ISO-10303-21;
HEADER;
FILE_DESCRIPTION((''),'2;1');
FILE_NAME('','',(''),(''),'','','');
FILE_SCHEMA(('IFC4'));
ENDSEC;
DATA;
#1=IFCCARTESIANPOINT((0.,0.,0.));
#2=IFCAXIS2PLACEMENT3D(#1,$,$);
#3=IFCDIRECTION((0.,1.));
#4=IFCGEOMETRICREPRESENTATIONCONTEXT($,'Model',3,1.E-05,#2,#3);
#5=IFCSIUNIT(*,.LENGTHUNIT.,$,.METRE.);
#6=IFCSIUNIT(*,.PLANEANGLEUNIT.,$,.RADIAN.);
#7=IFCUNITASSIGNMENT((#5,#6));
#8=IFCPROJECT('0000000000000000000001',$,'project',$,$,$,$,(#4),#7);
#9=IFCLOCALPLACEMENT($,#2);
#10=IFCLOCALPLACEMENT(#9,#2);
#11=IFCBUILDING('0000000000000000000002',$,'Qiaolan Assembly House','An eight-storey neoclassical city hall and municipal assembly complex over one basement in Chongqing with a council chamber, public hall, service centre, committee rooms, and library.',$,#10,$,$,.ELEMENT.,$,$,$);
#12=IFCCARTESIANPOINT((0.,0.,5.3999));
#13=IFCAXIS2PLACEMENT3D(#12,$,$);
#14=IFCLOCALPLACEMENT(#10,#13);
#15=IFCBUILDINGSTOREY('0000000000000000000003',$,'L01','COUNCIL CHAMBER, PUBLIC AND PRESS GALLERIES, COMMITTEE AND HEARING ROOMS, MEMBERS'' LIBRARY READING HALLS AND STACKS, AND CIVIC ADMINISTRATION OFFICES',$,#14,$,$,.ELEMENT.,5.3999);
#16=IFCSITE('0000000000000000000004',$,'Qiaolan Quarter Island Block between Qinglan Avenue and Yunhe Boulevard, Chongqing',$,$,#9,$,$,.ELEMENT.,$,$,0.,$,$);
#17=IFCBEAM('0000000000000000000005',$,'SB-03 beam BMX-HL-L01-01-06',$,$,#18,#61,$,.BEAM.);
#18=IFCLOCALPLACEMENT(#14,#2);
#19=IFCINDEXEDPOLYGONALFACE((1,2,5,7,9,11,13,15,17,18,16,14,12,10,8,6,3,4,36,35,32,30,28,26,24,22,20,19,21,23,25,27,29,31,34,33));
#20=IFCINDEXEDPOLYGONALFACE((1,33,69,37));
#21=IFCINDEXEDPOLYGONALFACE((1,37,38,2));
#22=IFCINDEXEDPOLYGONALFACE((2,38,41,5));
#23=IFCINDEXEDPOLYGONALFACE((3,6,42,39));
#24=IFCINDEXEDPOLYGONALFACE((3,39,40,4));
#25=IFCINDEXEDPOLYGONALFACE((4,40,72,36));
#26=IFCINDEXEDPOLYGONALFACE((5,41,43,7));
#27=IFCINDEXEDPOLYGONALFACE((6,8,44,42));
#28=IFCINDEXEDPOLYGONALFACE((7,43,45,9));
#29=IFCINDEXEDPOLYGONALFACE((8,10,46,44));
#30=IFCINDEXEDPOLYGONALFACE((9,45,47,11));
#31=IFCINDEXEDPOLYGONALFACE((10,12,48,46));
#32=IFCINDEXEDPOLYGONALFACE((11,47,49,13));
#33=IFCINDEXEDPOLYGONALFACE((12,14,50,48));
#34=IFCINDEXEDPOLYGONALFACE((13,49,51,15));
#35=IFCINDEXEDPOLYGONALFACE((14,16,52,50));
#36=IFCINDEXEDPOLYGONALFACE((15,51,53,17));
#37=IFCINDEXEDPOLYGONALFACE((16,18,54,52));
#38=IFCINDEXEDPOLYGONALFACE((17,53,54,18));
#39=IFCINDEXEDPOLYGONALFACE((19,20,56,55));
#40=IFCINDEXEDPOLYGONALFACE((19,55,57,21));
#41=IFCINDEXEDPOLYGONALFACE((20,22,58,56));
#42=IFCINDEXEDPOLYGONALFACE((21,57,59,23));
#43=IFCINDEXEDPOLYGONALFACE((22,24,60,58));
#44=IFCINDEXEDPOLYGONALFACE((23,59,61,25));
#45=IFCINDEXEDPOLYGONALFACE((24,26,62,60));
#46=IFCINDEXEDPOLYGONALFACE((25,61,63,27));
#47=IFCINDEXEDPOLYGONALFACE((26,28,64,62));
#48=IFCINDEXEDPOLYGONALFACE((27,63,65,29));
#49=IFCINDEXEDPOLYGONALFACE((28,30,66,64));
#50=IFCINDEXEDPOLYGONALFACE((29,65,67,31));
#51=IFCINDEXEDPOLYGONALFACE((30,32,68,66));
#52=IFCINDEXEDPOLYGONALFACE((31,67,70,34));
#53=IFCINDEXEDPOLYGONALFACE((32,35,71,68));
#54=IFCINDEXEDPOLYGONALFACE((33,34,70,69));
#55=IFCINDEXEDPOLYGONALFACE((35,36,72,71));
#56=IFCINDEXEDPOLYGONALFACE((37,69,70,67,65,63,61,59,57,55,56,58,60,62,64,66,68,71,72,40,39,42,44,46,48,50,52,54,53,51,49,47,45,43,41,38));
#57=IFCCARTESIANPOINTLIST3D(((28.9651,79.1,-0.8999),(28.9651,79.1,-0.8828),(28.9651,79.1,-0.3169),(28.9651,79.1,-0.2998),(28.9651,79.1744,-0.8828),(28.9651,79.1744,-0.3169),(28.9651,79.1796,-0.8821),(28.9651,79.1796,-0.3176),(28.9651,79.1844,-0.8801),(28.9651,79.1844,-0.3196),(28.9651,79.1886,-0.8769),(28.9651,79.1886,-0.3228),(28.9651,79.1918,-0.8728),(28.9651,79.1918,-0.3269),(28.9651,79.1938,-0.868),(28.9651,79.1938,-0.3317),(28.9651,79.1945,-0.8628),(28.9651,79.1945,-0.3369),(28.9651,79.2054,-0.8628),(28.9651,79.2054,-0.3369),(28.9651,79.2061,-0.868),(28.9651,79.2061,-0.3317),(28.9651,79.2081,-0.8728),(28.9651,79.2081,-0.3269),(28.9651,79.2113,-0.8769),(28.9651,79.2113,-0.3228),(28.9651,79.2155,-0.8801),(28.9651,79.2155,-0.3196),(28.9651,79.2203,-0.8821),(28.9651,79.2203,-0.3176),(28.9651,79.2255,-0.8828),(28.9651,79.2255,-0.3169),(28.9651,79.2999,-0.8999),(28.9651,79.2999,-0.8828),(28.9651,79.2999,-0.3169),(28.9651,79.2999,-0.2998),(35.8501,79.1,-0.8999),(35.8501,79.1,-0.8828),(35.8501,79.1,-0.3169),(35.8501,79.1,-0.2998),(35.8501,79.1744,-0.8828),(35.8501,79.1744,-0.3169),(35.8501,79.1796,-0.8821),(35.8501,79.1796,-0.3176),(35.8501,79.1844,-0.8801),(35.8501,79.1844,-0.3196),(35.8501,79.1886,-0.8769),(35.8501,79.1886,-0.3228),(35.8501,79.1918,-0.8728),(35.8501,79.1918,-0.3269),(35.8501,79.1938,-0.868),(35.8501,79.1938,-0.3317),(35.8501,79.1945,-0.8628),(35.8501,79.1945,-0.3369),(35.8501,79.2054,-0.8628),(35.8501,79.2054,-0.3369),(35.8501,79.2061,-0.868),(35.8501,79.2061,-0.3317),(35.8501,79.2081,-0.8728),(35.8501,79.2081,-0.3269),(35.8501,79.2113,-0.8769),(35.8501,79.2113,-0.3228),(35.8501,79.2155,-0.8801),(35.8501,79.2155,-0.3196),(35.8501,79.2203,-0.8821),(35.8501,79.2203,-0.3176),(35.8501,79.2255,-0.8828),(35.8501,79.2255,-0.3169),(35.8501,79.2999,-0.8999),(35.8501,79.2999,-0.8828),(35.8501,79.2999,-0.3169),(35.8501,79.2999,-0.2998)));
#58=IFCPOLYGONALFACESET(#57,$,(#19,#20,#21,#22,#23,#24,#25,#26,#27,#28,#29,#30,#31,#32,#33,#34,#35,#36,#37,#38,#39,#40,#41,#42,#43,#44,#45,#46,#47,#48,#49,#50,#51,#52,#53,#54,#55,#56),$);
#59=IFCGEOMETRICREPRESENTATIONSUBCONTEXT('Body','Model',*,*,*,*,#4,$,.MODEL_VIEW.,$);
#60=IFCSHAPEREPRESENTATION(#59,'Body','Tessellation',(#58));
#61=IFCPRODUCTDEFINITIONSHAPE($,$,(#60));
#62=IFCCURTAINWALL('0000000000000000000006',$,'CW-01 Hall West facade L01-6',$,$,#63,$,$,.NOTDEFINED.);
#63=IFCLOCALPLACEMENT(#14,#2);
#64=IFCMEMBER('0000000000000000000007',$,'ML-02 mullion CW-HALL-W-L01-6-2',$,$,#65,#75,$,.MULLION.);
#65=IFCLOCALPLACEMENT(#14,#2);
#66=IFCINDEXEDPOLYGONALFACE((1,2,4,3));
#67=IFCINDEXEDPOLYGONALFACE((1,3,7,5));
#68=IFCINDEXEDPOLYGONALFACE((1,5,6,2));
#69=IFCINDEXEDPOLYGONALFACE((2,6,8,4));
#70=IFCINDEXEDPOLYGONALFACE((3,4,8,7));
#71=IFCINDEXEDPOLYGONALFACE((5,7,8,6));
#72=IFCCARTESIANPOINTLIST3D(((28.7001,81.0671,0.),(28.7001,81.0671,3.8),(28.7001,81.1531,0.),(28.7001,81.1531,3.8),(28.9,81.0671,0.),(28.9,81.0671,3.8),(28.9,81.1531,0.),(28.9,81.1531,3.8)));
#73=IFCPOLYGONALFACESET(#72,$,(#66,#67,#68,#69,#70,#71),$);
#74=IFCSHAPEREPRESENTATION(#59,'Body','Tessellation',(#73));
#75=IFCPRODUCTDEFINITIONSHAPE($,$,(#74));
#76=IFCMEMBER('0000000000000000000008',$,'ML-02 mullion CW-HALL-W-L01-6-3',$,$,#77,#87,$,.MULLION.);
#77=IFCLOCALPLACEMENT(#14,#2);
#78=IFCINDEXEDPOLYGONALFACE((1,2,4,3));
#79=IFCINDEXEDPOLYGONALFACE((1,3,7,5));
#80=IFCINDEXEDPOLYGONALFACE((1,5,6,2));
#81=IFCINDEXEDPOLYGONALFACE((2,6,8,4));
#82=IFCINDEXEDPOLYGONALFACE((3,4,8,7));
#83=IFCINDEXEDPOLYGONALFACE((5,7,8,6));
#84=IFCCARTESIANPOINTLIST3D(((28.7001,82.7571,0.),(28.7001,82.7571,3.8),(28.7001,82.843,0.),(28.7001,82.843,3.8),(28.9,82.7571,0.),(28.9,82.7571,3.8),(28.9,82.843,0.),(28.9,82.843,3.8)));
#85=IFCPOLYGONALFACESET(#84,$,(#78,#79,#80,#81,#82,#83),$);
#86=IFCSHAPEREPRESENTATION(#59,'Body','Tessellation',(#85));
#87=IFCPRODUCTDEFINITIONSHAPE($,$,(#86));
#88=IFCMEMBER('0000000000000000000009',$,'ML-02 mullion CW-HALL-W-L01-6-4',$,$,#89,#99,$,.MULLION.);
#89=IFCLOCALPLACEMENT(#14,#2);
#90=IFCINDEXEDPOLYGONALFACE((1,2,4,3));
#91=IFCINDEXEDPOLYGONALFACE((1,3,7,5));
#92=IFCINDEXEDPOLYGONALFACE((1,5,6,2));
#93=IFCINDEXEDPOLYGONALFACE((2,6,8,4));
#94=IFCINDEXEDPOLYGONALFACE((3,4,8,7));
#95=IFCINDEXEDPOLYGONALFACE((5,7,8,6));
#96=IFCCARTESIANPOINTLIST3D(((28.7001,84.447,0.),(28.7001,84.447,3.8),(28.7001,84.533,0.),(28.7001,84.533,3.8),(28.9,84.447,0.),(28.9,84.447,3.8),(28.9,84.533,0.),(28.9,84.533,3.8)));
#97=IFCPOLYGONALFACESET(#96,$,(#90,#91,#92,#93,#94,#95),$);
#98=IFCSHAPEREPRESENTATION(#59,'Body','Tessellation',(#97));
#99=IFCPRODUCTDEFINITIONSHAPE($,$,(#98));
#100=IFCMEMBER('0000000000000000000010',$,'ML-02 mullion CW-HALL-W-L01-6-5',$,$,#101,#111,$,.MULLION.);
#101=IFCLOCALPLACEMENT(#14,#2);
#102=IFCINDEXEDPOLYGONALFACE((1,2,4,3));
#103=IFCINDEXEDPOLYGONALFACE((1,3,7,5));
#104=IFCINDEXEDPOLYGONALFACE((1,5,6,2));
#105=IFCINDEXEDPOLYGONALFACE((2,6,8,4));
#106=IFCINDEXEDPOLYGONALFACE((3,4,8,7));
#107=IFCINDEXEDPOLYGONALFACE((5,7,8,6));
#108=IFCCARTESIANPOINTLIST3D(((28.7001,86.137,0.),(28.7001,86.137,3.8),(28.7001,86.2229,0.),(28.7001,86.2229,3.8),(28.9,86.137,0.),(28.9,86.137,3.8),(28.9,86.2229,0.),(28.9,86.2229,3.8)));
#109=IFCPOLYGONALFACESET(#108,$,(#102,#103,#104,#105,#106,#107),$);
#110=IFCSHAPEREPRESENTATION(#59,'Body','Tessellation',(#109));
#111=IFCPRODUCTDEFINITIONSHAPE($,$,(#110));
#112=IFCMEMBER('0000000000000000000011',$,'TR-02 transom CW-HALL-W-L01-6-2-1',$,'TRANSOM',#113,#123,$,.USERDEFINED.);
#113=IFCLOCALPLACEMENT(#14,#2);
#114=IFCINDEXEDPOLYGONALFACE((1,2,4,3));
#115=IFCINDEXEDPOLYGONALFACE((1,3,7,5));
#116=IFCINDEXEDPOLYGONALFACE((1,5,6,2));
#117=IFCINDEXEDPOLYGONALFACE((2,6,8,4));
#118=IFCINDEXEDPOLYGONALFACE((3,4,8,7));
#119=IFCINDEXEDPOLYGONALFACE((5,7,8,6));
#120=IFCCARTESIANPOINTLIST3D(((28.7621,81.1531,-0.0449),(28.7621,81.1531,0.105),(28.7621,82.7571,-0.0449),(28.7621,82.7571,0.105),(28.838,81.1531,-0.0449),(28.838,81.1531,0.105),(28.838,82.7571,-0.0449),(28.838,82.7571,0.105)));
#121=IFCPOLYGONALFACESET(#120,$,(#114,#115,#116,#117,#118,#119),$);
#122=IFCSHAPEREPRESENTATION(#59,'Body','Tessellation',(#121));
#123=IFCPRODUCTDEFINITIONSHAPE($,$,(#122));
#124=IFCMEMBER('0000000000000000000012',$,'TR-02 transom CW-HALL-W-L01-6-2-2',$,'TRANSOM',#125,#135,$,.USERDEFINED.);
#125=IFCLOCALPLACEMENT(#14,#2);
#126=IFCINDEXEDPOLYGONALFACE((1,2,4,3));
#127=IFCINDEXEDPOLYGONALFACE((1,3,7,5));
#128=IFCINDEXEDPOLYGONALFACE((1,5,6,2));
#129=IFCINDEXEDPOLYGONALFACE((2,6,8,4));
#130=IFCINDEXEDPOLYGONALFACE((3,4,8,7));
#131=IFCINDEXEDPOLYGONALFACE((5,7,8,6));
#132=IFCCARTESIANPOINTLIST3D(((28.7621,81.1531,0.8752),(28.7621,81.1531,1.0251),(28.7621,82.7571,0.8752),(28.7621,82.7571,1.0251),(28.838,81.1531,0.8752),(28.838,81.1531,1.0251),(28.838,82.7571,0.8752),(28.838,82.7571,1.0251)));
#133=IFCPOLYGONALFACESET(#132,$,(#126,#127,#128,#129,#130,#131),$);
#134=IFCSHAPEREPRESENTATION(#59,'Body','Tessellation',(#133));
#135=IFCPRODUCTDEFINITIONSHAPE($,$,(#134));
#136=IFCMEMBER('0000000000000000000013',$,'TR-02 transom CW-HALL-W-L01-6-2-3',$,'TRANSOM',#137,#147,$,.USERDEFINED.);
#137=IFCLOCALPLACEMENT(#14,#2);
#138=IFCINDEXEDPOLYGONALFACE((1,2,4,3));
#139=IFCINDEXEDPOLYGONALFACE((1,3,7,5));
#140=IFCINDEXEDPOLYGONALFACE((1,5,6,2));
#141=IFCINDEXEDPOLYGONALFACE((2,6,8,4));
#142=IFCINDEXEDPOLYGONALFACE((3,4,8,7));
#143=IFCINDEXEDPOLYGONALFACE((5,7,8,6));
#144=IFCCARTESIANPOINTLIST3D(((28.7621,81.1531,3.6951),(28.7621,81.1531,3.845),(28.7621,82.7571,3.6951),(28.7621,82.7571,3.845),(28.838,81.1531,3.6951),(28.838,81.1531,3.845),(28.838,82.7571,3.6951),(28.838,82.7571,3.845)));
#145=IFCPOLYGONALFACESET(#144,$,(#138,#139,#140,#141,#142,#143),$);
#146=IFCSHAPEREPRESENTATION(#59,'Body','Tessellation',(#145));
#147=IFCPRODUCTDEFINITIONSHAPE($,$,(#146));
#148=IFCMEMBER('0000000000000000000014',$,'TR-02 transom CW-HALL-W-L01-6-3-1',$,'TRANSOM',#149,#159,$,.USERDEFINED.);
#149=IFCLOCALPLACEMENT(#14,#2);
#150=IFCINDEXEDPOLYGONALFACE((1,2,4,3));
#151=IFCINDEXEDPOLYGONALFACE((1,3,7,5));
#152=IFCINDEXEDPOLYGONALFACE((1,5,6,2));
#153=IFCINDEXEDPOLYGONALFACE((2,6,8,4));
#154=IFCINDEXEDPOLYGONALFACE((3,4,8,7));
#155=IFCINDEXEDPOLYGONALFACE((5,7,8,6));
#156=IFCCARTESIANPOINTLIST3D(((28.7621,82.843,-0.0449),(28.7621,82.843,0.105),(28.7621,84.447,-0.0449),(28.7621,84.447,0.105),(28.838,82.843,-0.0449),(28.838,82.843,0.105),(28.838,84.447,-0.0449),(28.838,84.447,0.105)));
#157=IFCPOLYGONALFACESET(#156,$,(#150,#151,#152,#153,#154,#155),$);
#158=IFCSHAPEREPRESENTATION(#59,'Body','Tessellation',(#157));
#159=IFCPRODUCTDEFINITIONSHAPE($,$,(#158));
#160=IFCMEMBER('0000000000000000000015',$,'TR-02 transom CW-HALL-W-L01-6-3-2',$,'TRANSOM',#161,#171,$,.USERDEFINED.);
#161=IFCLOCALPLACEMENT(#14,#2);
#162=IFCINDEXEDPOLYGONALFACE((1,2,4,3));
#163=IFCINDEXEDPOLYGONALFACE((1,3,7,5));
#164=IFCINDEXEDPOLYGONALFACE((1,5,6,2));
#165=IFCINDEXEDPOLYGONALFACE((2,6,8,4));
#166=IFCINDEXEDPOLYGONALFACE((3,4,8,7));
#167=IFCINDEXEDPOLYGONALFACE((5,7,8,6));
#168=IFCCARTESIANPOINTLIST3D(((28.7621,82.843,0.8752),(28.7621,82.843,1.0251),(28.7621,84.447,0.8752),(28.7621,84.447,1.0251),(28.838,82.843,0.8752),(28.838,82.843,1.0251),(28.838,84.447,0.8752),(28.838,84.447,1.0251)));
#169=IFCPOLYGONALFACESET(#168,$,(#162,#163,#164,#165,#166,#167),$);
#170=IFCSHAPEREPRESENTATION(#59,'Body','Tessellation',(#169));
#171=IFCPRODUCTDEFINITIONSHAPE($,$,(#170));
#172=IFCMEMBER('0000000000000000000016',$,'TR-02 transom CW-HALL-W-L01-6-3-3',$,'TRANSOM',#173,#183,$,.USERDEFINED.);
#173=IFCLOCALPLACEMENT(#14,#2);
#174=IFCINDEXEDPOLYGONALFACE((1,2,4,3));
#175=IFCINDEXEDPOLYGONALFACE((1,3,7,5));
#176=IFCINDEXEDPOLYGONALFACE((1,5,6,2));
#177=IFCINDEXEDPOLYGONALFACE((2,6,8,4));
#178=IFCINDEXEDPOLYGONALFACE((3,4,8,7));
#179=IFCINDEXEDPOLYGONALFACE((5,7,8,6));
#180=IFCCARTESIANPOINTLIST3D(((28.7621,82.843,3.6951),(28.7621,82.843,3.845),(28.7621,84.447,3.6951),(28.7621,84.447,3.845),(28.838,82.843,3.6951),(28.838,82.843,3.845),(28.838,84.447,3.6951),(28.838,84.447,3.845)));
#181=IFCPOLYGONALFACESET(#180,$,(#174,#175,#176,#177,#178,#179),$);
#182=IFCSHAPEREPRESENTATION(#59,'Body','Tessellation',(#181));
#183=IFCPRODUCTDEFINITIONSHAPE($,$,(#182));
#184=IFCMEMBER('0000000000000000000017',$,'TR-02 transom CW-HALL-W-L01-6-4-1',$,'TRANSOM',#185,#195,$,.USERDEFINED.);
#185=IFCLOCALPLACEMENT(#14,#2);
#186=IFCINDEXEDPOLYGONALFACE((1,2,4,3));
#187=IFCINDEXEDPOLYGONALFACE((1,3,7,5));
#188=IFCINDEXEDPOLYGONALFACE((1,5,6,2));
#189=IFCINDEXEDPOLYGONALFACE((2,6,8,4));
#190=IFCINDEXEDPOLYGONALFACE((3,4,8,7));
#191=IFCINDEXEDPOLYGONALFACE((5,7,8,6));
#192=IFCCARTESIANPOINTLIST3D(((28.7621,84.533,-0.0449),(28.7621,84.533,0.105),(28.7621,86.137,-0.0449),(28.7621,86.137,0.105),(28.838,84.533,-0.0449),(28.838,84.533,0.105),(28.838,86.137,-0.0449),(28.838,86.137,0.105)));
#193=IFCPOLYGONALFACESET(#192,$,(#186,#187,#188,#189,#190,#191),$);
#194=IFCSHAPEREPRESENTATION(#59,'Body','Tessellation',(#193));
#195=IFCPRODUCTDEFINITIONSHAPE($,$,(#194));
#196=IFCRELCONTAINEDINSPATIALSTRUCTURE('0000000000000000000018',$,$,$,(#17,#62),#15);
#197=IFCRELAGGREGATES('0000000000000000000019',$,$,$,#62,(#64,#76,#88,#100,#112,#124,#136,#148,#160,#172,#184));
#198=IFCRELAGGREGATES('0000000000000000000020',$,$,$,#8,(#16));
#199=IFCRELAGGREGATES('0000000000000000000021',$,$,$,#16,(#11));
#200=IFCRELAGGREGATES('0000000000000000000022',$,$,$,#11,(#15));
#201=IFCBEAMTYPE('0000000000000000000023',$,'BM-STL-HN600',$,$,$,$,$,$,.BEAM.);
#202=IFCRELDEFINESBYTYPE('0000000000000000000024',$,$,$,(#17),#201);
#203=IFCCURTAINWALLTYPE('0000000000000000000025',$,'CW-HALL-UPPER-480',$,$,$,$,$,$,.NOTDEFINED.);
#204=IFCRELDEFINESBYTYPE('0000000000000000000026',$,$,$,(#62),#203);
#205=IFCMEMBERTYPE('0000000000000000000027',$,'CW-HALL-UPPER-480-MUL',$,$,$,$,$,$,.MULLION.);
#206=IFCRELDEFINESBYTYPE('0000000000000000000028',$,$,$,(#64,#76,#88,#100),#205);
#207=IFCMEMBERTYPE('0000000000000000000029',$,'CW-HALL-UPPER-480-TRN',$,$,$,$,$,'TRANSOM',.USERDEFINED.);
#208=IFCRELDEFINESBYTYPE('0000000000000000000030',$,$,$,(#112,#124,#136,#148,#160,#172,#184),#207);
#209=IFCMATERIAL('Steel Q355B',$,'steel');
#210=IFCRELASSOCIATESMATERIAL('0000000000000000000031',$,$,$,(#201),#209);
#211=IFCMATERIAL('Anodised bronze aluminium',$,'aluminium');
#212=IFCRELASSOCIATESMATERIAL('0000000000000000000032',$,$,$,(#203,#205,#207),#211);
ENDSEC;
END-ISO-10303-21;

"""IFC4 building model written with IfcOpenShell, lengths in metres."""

from ifc_helpers import new_model, si_unit, direction, frame, origin, origin_2d, place, context, subcontext, project, spatial, rectangle, i_section, extrude, material, material_profile, profile_set, type_object, element, aggregate, save


model = new_model("IFC4")

# Units and contexts
model_context = context("Model", 3, precision=1e-05, world=origin(), true_north=direction((0.0, 1.0)))
body_context = subcontext(model_context, "Body", "Model", "MODEL_VIEW")
ifc_project = project(units=[si_unit("LENGTHUNIT", "METRE"), si_unit("PLANEANGLEUNIT", "RADIAN")], contexts=[model_context])

# Site, building, storey
site_placement = place(None, origin())
site = spatial("IfcSite", under=ifc_project, at=site_placement, Name="Qiaolan Quarter Island Block between Qinglan Avenue and Yunhe Boulevard, Chongqing", CompositionType="ELEMENT", RefElevation=0.0)
building_placement = place(site_placement, origin())
building = spatial("IfcBuilding", under=site, at=building_placement, Name="Qiaolan Assembly House", Description="An eight-storey neoclassical city hall and municipal assembly complex over one basement in Chongqing with a council chamber, public hall, service centre, committee rooms, and library.", CompositionType="ELEMENT")
storey_placement = place(building_placement, frame((0.0, 0.0, 5.3999)))
storey = spatial("IfcBuildingStorey", under=building, at=storey_placement, Name="L01", Description="COUNCIL CHAMBER, PUBLIC AND PRESS GALLERIES, COMMITTEE AND HEARING ROOMS, MEMBERS' LIBRARY READING HALLS AND STACKS, AND CIVIC ADMINISTRATION OFFICES", CompositionType="ELEMENT", Elevation=5.3999)

# Beam
ifc_material_1 = material(Name="Steel Q355B", Category="steel")
ifc_material_profile_1 = material_profile(ifc_material_1, i_section(OverallWidth=0.2, OverallDepth=0.6001, WebThickness=0.011, FlangeThickness=0.0171, FilletRadius=0.02, at=origin_2d()), Name="HN 600x200x11x17")
ifc_profile_set_1 = profile_set([ifc_material_profile_1], Name="Steel Q355B")
beam_type_1 = type_object("IfcBeamType", Name="BM-STL-HN600", PredefinedType="BEAM", material=ifc_profile_set_1)
beam_placement = place(storey_placement, frame((28.9651, 79.2, -0.5999), z_axis=(1.0, 0.0, 0.0), x_axis=(0.0, 1.0, 0.0)))
element("IfcBeam", 1, at=beam_placement, inside=storey, type_object=beam_type_1, Name="SB-03 beam BMX-HL-L01-01-06", PredefinedType="BEAM", context=body_context, shape_type="SweptSolid", body=[
    extrude(i_section(OverallWidth=0.2, OverallDepth=0.6001, WebThickness=0.011, FlangeThickness=0.0171, FilletRadius=0.02, at=origin_2d()), origin(), (0.0, 0.0, 1.0), 6.885),
])

# Curtain wall, members
ifc_material_2 = material(Name="Anodised bronze aluminium", Category="aluminium")
curtain_wall_type = type_object("IfcCurtainWallType", Name="CW-HALL-UPPER-480", PredefinedType="NOTDEFINED", material=ifc_material_2)
curtain_wall_placement = place(storey_placement, origin())
curtain_wall = element("IfcCurtainWall", 2, at=curtain_wall_placement, inside=storey, type_object=curtain_wall_type, Name="CW-01 Hall West facade L01-6", PredefinedType="NOTDEFINED")
ifc_material_profile_2 = material_profile(ifc_material_2, rectangle(XDim=0.0859, YDim=0.2, at=origin_2d()), Name="MUL 86x200")
ifc_profile_set_2 = profile_set([ifc_material_profile_2], Name="Anodised bronze aluminium")
member_type_1 = type_object("IfcMemberType", Name="CW-HALL-UPPER-480-MUL", PredefinedType="MULLION", material=ifc_profile_set_2)
member_1_placement = place(storey_placement, frame((28.8, 81.1101, 0.0), z_axis=(0.0, 0.0, 1.0), x_axis=(0.0, 1.0, 0.0)))
member_1 = element("IfcMember", 3, at=member_1_placement, type_object=member_type_1, Name="ML-02 mullion CW-HALL-W-L01-6-2", PredefinedType="MULLION", context=body_context, shape_type="SweptSolid", body=[
    extrude(rectangle(XDim=0.0859, YDim=0.2, at=origin_2d()), origin(), (0.0, 0.0, 1.0), 3.8),
])
member_2_placement = place(storey_placement, frame((28.8, 82.8, 0.0), z_axis=(0.0, 0.0, 1.0), x_axis=(0.0, 1.0, 0.0)))
member_2 = element("IfcMember", 4, at=member_2_placement, type_object=member_type_1, Name="ML-02 mullion CW-HALL-W-L01-6-3", PredefinedType="MULLION", context=body_context, shape_type="SweptSolid", body=[
    extrude(rectangle(XDim=0.0859, YDim=0.2, at=origin_2d()), origin(), (0.0, 0.0, 1.0), 3.8),
])
member_3_placement = place(storey_placement, frame((28.8, 84.49, 0.0), z_axis=(0.0, 0.0, 1.0), x_axis=(0.0, 1.0, 0.0)))
member_3 = element("IfcMember", 5, at=member_3_placement, type_object=member_type_1, Name="ML-02 mullion CW-HALL-W-L01-6-4", PredefinedType="MULLION", context=body_context, shape_type="SweptSolid", body=[
    extrude(rectangle(XDim=0.0859, YDim=0.2, at=origin_2d()), origin(), (0.0, 0.0, 1.0), 3.8),
])
member_4_placement = place(storey_placement, frame((28.8, 86.1799, 0.0), z_axis=(0.0, 0.0, 1.0), x_axis=(0.0, 1.0, 0.0)))
member_4 = element("IfcMember", 6, at=member_4_placement, type_object=member_type_1, Name="ML-02 mullion CW-HALL-W-L01-6-5", PredefinedType="MULLION", context=body_context, shape_type="SweptSolid", body=[
    extrude(rectangle(XDim=0.0859, YDim=0.2, at=origin_2d()), origin(), (0.0, 0.0, 1.0), 3.8),
])
ifc_material_profile_3 = material_profile(ifc_material_2, rectangle(XDim=0.0759, YDim=0.1499, at=origin_2d()), Name="TRN 76x150")
ifc_profile_set_3 = profile_set([ifc_material_profile_3], Name="Anodised bronze aluminium")
member_type_2 = type_object("IfcMemberType", Name="CW-HALL-UPPER-480-TRN", ElementType="TRANSOM", PredefinedType="USERDEFINED", material=ifc_profile_set_3)
member_5_placement = place(storey_placement, frame((28.8, 81.1531, 0.03), z_axis=(0.0, 1.0, 0.0), x_axis=(-1.0, 0.0, 0.0)))
member_5 = element("IfcMember", 7, at=member_5_placement, type_object=member_type_2, Name="TR-02 transom CW-HALL-W-L01-6-2-1", ObjectType="TRANSOM", PredefinedType="USERDEFINED", context=body_context, shape_type="SweptSolid", body=[
    extrude(rectangle(XDim=0.0759, YDim=0.1499, at=origin_2d()), origin(), (0.0, 0.0, 1.0), 1.604),
])
member_6_placement = place(storey_placement, frame((28.8, 81.1531, 0.9502), z_axis=(0.0, 1.0, 0.0), x_axis=(-1.0, 0.0, 0.0)))
member_6 = element("IfcMember", 8, at=member_6_placement, type_object=member_type_2, Name="TR-02 transom CW-HALL-W-L01-6-2-2", ObjectType="TRANSOM", PredefinedType="USERDEFINED", context=body_context, shape_type="SweptSolid", body=[
    extrude(rectangle(XDim=0.0759, YDim=0.1499, at=origin_2d()), origin(), (0.0, 0.0, 1.0), 1.604),
])
member_7_placement = place(storey_placement, frame((28.8, 81.1531, 3.77), z_axis=(0.0, 1.0, 0.0), x_axis=(-1.0, 0.0, 0.0)))
member_7 = element("IfcMember", 9, at=member_7_placement, type_object=member_type_2, Name="TR-02 transom CW-HALL-W-L01-6-2-3", ObjectType="TRANSOM", PredefinedType="USERDEFINED", context=body_context, shape_type="SweptSolid", body=[
    extrude(rectangle(XDim=0.0759, YDim=0.1499, at=origin_2d()), origin(), (0.0, 0.0, 1.0), 1.604),
])
member_8_placement = place(storey_placement, frame((28.8, 82.843, 0.03), z_axis=(0.0, 1.0, 0.0), x_axis=(-1.0, 0.0, 0.0)))
member_8 = element("IfcMember", 10, at=member_8_placement, type_object=member_type_2, Name="TR-02 transom CW-HALL-W-L01-6-3-1", ObjectType="TRANSOM", PredefinedType="USERDEFINED", context=body_context, shape_type="SweptSolid", body=[
    extrude(rectangle(XDim=0.0759, YDim=0.1499, at=origin_2d()), origin(), (0.0, 0.0, 1.0), 1.604),
])
member_9_placement = place(storey_placement, frame((28.8, 82.843, 0.9502), z_axis=(0.0, 1.0, 0.0), x_axis=(-1.0, 0.0, 0.0)))
member_9 = element("IfcMember", 11, at=member_9_placement, type_object=member_type_2, Name="TR-02 transom CW-HALL-W-L01-6-3-2", ObjectType="TRANSOM", PredefinedType="USERDEFINED", context=body_context, shape_type="SweptSolid", body=[
    extrude(rectangle(XDim=0.0759, YDim=0.1499, at=origin_2d()), origin(), (0.0, 0.0, 1.0), 1.604),
])
member_10_placement = place(storey_placement, frame((28.8, 82.843, 3.77), z_axis=(0.0, 1.0, 0.0), x_axis=(-1.0, 0.0, 0.0)))
member_10 = element("IfcMember", 12, at=member_10_placement, type_object=member_type_2, Name="TR-02 transom CW-HALL-W-L01-6-3-3", ObjectType="TRANSOM", PredefinedType="USERDEFINED", context=body_context, shape_type="SweptSolid", body=[
    extrude(rectangle(XDim=0.0759, YDim=0.1499, at=origin_2d()), origin(), (0.0, 0.0, 1.0), 1.604),
])
member_11_placement = place(storey_placement, frame((28.8, 84.533, 0.03), z_axis=(0.0, 1.0, 0.0), x_axis=(-1.0, 0.0, 0.0)))
member_11 = element("IfcMember", 13, at=member_11_placement, type_object=member_type_2, Name="TR-02 transom CW-HALL-W-L01-6-4-1", ObjectType="TRANSOM", PredefinedType="USERDEFINED", context=body_context, shape_type="SweptSolid", body=[
    extrude(rectangle(XDim=0.0759, YDim=0.1499, at=origin_2d()), origin(), (0.0, 0.0, 1.0), 1.604),
])

aggregate(curtain_wall, [member_1, member_2, member_3, member_4, member_5, member_6, member_7, member_8, member_9, member_10, member_11])

save(model, "model.ifc")
